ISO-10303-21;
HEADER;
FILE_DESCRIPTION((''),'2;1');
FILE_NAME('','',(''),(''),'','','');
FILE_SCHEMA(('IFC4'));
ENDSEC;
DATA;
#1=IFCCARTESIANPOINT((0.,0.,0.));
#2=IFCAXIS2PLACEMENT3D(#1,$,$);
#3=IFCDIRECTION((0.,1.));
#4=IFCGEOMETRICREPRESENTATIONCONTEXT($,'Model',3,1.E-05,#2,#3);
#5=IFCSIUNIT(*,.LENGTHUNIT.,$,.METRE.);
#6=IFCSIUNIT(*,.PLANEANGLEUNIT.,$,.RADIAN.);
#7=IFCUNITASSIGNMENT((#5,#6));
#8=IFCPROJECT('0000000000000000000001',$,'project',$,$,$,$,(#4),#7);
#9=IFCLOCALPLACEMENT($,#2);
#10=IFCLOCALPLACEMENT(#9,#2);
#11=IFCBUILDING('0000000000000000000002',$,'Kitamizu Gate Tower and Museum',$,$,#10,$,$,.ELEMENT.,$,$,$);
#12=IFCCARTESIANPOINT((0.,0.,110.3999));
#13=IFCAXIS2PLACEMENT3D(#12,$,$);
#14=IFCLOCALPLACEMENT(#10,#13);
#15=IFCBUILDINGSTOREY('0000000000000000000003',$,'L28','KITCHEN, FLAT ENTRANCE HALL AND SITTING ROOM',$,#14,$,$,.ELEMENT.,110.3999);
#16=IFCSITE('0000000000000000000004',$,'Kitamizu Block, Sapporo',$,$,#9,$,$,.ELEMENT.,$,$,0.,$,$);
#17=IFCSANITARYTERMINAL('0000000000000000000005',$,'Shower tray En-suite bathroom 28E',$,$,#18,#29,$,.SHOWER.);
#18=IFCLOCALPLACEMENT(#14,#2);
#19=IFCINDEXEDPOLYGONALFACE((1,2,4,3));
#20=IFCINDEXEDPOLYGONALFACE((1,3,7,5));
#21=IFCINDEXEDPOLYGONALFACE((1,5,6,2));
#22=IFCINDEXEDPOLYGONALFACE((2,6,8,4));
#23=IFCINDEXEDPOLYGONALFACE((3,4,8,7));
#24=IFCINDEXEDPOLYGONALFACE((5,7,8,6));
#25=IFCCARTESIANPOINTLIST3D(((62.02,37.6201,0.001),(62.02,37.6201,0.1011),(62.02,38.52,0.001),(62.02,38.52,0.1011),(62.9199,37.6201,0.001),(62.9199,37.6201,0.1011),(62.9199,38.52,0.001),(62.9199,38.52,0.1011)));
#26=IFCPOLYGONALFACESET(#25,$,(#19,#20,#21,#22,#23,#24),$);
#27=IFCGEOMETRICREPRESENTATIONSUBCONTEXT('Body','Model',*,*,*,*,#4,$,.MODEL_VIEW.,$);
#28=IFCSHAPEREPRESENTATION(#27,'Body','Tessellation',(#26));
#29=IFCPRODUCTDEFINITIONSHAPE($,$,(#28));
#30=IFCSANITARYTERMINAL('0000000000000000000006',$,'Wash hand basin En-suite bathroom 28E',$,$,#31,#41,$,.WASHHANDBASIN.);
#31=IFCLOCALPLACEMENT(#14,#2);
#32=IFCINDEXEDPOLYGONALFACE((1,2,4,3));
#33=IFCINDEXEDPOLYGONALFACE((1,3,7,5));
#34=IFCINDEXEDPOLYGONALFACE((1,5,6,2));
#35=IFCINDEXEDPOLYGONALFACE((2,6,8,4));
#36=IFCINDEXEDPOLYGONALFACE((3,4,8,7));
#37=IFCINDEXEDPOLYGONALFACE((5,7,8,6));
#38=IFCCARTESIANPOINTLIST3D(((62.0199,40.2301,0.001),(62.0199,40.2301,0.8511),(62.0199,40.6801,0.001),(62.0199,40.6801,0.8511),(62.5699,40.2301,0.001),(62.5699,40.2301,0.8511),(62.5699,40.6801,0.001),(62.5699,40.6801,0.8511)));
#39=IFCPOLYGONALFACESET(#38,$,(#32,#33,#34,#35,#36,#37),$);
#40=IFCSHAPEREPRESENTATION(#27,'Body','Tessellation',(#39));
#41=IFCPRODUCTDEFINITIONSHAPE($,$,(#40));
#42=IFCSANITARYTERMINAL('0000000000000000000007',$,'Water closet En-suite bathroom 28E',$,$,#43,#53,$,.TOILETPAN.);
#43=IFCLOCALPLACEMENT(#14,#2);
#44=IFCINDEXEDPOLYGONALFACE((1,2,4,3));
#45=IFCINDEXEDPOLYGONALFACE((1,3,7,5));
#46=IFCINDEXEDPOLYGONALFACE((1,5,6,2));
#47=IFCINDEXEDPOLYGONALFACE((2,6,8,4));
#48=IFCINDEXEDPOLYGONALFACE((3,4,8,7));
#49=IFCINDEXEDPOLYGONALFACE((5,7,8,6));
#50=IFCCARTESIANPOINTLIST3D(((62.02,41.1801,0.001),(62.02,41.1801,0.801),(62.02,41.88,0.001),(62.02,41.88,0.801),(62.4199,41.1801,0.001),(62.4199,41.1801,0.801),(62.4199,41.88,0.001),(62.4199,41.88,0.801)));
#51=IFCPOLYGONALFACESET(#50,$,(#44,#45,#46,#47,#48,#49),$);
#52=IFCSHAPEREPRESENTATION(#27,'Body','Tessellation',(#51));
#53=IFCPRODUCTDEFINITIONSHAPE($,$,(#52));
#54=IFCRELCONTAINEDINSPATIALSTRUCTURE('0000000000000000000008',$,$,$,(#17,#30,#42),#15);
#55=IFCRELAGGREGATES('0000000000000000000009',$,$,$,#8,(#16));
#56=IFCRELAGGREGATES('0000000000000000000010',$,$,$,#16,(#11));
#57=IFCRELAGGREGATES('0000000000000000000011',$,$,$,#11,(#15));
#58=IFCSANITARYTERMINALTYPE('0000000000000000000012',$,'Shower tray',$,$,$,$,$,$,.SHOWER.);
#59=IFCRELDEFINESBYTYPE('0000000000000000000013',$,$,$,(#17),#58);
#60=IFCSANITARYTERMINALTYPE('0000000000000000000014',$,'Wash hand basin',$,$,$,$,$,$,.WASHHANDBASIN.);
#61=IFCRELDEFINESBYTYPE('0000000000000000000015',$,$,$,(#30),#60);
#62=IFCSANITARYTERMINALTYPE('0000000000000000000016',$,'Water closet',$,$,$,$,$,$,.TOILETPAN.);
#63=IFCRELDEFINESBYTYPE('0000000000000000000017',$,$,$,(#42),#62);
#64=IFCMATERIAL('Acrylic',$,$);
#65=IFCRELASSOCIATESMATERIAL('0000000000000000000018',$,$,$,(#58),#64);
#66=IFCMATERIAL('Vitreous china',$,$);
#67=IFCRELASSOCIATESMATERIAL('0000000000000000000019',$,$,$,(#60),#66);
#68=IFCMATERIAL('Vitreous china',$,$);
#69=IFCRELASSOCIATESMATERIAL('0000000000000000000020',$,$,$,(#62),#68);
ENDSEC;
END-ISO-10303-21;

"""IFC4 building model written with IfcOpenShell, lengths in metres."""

from ifc_helpers import new_model, si_unit, direction, frame, origin, origin_2d, place, context, subcontext, project, spatial, rectangle, extrude, material, type_object, element, save


model = new_model("IFC4")

# Units and contexts
model_context = context("Model", 3, precision=1e-05, world=origin(), true_north=direction((0.0, 1.0)))
body_context = subcontext(model_context, "Body", "Model", "MODEL_VIEW")
ifc_project = project(units=[si_unit("LENGTHUNIT", "METRE"), si_unit("PLANEANGLEUNIT", "RADIAN")], contexts=[model_context])

# Site, building, storey
site_placement = place(None, origin())
site = spatial("IfcSite", under=ifc_project, at=site_placement, Name="Kitamizu Block, Sapporo", CompositionType="ELEMENT", RefElevation=0.0)
building_placement = place(site_placement, origin())
building = spatial("IfcBuilding", under=site, at=building_placement, Name="Kitamizu Gate Tower and Museum", CompositionType="ELEMENT")
storey_placement = place(building_placement, frame((0.0, 0.0, 110.3999)))
storey = spatial("IfcBuildingStorey", under=building, at=storey_placement, Name="L28", Description="KITCHEN, FLAT ENTRANCE HALL AND SITTING ROOM", CompositionType="ELEMENT", Elevation=110.3999)

# Sanitary terminals
ifc_material_1 = material(Name="Acrylic")
sanitary_terminal_type_1 = type_object("IfcSanitaryTerminalType", Name="Shower tray", PredefinedType="SHOWER", material=ifc_material_1)
sanitary_terminal_1_placement = place(storey_placement, frame((62.47, 38.0701, 0.001), z_axis=(0.0, 0.0, 1.0), x_axis=(1.0, 0.0, 0.0)))
element("IfcSanitaryTerminal", 1, at=sanitary_terminal_1_placement, inside=storey, type_object=sanitary_terminal_type_1, Name="Shower tray En-suite bathroom 28E", PredefinedType="SHOWER", context=body_context, shape_type="SweptSolid", body=[
    extrude(rectangle(XDim=0.8999, YDim=0.8999, at=origin_2d()), origin(), (0.0, 0.0, 1.0), 0.1001),
])
ifc_material_2 = material(Name="Vitreous china")
sanitary_terminal_type_2 = type_object("IfcSanitaryTerminalType", Name="Wash hand basin", PredefinedType="WASHHANDBASIN", material=ifc_material_2)
sanitary_terminal_2_placement = place(storey_placement, frame((62.2949, 40.4551, 0.001), z_axis=(0.0, 0.0, 1.0), x_axis=(1.0, 0.0, 0.0)))
element("IfcSanitaryTerminal", 2, at=sanitary_terminal_2_placement, inside=storey, type_object=sanitary_terminal_type_2, Name="Wash hand basin En-suite bathroom 28E", PredefinedType="WASHHANDBASIN", context=body_context, shape_type="SweptSolid", body=[
    extrude(rectangle(XDim=0.55, YDim=0.45, at=origin_2d()), origin(), (0.0, 0.0, 1.0), 0.8501),
])
ifc_material_3 = material(Name="Vitreous china")
sanitary_terminal_type_3 = type_object("IfcSanitaryTerminalType", Name="Water closet", PredefinedType="TOILETPAN", material=ifc_material_3)
sanitary_terminal_3_placement = place(storey_placement, frame((62.22, 41.53, 0.001), z_axis=(0.0, 0.0, 1.0), x_axis=(1.0, 0.0, 0.0)))
element("IfcSanitaryTerminal", 3, at=sanitary_terminal_3_placement, inside=storey, type_object=sanitary_terminal_type_3, Name="Water closet En-suite bathroom 28E", PredefinedType="TOILETPAN", context=body_context, shape_type="SweptSolid", body=[
    extrude(rectangle(XDim=0.3999, YDim=0.7, at=origin_2d()), origin(), (0.0, 0.0, 1.0), 0.8),
])

save(model, "model.ifc")
